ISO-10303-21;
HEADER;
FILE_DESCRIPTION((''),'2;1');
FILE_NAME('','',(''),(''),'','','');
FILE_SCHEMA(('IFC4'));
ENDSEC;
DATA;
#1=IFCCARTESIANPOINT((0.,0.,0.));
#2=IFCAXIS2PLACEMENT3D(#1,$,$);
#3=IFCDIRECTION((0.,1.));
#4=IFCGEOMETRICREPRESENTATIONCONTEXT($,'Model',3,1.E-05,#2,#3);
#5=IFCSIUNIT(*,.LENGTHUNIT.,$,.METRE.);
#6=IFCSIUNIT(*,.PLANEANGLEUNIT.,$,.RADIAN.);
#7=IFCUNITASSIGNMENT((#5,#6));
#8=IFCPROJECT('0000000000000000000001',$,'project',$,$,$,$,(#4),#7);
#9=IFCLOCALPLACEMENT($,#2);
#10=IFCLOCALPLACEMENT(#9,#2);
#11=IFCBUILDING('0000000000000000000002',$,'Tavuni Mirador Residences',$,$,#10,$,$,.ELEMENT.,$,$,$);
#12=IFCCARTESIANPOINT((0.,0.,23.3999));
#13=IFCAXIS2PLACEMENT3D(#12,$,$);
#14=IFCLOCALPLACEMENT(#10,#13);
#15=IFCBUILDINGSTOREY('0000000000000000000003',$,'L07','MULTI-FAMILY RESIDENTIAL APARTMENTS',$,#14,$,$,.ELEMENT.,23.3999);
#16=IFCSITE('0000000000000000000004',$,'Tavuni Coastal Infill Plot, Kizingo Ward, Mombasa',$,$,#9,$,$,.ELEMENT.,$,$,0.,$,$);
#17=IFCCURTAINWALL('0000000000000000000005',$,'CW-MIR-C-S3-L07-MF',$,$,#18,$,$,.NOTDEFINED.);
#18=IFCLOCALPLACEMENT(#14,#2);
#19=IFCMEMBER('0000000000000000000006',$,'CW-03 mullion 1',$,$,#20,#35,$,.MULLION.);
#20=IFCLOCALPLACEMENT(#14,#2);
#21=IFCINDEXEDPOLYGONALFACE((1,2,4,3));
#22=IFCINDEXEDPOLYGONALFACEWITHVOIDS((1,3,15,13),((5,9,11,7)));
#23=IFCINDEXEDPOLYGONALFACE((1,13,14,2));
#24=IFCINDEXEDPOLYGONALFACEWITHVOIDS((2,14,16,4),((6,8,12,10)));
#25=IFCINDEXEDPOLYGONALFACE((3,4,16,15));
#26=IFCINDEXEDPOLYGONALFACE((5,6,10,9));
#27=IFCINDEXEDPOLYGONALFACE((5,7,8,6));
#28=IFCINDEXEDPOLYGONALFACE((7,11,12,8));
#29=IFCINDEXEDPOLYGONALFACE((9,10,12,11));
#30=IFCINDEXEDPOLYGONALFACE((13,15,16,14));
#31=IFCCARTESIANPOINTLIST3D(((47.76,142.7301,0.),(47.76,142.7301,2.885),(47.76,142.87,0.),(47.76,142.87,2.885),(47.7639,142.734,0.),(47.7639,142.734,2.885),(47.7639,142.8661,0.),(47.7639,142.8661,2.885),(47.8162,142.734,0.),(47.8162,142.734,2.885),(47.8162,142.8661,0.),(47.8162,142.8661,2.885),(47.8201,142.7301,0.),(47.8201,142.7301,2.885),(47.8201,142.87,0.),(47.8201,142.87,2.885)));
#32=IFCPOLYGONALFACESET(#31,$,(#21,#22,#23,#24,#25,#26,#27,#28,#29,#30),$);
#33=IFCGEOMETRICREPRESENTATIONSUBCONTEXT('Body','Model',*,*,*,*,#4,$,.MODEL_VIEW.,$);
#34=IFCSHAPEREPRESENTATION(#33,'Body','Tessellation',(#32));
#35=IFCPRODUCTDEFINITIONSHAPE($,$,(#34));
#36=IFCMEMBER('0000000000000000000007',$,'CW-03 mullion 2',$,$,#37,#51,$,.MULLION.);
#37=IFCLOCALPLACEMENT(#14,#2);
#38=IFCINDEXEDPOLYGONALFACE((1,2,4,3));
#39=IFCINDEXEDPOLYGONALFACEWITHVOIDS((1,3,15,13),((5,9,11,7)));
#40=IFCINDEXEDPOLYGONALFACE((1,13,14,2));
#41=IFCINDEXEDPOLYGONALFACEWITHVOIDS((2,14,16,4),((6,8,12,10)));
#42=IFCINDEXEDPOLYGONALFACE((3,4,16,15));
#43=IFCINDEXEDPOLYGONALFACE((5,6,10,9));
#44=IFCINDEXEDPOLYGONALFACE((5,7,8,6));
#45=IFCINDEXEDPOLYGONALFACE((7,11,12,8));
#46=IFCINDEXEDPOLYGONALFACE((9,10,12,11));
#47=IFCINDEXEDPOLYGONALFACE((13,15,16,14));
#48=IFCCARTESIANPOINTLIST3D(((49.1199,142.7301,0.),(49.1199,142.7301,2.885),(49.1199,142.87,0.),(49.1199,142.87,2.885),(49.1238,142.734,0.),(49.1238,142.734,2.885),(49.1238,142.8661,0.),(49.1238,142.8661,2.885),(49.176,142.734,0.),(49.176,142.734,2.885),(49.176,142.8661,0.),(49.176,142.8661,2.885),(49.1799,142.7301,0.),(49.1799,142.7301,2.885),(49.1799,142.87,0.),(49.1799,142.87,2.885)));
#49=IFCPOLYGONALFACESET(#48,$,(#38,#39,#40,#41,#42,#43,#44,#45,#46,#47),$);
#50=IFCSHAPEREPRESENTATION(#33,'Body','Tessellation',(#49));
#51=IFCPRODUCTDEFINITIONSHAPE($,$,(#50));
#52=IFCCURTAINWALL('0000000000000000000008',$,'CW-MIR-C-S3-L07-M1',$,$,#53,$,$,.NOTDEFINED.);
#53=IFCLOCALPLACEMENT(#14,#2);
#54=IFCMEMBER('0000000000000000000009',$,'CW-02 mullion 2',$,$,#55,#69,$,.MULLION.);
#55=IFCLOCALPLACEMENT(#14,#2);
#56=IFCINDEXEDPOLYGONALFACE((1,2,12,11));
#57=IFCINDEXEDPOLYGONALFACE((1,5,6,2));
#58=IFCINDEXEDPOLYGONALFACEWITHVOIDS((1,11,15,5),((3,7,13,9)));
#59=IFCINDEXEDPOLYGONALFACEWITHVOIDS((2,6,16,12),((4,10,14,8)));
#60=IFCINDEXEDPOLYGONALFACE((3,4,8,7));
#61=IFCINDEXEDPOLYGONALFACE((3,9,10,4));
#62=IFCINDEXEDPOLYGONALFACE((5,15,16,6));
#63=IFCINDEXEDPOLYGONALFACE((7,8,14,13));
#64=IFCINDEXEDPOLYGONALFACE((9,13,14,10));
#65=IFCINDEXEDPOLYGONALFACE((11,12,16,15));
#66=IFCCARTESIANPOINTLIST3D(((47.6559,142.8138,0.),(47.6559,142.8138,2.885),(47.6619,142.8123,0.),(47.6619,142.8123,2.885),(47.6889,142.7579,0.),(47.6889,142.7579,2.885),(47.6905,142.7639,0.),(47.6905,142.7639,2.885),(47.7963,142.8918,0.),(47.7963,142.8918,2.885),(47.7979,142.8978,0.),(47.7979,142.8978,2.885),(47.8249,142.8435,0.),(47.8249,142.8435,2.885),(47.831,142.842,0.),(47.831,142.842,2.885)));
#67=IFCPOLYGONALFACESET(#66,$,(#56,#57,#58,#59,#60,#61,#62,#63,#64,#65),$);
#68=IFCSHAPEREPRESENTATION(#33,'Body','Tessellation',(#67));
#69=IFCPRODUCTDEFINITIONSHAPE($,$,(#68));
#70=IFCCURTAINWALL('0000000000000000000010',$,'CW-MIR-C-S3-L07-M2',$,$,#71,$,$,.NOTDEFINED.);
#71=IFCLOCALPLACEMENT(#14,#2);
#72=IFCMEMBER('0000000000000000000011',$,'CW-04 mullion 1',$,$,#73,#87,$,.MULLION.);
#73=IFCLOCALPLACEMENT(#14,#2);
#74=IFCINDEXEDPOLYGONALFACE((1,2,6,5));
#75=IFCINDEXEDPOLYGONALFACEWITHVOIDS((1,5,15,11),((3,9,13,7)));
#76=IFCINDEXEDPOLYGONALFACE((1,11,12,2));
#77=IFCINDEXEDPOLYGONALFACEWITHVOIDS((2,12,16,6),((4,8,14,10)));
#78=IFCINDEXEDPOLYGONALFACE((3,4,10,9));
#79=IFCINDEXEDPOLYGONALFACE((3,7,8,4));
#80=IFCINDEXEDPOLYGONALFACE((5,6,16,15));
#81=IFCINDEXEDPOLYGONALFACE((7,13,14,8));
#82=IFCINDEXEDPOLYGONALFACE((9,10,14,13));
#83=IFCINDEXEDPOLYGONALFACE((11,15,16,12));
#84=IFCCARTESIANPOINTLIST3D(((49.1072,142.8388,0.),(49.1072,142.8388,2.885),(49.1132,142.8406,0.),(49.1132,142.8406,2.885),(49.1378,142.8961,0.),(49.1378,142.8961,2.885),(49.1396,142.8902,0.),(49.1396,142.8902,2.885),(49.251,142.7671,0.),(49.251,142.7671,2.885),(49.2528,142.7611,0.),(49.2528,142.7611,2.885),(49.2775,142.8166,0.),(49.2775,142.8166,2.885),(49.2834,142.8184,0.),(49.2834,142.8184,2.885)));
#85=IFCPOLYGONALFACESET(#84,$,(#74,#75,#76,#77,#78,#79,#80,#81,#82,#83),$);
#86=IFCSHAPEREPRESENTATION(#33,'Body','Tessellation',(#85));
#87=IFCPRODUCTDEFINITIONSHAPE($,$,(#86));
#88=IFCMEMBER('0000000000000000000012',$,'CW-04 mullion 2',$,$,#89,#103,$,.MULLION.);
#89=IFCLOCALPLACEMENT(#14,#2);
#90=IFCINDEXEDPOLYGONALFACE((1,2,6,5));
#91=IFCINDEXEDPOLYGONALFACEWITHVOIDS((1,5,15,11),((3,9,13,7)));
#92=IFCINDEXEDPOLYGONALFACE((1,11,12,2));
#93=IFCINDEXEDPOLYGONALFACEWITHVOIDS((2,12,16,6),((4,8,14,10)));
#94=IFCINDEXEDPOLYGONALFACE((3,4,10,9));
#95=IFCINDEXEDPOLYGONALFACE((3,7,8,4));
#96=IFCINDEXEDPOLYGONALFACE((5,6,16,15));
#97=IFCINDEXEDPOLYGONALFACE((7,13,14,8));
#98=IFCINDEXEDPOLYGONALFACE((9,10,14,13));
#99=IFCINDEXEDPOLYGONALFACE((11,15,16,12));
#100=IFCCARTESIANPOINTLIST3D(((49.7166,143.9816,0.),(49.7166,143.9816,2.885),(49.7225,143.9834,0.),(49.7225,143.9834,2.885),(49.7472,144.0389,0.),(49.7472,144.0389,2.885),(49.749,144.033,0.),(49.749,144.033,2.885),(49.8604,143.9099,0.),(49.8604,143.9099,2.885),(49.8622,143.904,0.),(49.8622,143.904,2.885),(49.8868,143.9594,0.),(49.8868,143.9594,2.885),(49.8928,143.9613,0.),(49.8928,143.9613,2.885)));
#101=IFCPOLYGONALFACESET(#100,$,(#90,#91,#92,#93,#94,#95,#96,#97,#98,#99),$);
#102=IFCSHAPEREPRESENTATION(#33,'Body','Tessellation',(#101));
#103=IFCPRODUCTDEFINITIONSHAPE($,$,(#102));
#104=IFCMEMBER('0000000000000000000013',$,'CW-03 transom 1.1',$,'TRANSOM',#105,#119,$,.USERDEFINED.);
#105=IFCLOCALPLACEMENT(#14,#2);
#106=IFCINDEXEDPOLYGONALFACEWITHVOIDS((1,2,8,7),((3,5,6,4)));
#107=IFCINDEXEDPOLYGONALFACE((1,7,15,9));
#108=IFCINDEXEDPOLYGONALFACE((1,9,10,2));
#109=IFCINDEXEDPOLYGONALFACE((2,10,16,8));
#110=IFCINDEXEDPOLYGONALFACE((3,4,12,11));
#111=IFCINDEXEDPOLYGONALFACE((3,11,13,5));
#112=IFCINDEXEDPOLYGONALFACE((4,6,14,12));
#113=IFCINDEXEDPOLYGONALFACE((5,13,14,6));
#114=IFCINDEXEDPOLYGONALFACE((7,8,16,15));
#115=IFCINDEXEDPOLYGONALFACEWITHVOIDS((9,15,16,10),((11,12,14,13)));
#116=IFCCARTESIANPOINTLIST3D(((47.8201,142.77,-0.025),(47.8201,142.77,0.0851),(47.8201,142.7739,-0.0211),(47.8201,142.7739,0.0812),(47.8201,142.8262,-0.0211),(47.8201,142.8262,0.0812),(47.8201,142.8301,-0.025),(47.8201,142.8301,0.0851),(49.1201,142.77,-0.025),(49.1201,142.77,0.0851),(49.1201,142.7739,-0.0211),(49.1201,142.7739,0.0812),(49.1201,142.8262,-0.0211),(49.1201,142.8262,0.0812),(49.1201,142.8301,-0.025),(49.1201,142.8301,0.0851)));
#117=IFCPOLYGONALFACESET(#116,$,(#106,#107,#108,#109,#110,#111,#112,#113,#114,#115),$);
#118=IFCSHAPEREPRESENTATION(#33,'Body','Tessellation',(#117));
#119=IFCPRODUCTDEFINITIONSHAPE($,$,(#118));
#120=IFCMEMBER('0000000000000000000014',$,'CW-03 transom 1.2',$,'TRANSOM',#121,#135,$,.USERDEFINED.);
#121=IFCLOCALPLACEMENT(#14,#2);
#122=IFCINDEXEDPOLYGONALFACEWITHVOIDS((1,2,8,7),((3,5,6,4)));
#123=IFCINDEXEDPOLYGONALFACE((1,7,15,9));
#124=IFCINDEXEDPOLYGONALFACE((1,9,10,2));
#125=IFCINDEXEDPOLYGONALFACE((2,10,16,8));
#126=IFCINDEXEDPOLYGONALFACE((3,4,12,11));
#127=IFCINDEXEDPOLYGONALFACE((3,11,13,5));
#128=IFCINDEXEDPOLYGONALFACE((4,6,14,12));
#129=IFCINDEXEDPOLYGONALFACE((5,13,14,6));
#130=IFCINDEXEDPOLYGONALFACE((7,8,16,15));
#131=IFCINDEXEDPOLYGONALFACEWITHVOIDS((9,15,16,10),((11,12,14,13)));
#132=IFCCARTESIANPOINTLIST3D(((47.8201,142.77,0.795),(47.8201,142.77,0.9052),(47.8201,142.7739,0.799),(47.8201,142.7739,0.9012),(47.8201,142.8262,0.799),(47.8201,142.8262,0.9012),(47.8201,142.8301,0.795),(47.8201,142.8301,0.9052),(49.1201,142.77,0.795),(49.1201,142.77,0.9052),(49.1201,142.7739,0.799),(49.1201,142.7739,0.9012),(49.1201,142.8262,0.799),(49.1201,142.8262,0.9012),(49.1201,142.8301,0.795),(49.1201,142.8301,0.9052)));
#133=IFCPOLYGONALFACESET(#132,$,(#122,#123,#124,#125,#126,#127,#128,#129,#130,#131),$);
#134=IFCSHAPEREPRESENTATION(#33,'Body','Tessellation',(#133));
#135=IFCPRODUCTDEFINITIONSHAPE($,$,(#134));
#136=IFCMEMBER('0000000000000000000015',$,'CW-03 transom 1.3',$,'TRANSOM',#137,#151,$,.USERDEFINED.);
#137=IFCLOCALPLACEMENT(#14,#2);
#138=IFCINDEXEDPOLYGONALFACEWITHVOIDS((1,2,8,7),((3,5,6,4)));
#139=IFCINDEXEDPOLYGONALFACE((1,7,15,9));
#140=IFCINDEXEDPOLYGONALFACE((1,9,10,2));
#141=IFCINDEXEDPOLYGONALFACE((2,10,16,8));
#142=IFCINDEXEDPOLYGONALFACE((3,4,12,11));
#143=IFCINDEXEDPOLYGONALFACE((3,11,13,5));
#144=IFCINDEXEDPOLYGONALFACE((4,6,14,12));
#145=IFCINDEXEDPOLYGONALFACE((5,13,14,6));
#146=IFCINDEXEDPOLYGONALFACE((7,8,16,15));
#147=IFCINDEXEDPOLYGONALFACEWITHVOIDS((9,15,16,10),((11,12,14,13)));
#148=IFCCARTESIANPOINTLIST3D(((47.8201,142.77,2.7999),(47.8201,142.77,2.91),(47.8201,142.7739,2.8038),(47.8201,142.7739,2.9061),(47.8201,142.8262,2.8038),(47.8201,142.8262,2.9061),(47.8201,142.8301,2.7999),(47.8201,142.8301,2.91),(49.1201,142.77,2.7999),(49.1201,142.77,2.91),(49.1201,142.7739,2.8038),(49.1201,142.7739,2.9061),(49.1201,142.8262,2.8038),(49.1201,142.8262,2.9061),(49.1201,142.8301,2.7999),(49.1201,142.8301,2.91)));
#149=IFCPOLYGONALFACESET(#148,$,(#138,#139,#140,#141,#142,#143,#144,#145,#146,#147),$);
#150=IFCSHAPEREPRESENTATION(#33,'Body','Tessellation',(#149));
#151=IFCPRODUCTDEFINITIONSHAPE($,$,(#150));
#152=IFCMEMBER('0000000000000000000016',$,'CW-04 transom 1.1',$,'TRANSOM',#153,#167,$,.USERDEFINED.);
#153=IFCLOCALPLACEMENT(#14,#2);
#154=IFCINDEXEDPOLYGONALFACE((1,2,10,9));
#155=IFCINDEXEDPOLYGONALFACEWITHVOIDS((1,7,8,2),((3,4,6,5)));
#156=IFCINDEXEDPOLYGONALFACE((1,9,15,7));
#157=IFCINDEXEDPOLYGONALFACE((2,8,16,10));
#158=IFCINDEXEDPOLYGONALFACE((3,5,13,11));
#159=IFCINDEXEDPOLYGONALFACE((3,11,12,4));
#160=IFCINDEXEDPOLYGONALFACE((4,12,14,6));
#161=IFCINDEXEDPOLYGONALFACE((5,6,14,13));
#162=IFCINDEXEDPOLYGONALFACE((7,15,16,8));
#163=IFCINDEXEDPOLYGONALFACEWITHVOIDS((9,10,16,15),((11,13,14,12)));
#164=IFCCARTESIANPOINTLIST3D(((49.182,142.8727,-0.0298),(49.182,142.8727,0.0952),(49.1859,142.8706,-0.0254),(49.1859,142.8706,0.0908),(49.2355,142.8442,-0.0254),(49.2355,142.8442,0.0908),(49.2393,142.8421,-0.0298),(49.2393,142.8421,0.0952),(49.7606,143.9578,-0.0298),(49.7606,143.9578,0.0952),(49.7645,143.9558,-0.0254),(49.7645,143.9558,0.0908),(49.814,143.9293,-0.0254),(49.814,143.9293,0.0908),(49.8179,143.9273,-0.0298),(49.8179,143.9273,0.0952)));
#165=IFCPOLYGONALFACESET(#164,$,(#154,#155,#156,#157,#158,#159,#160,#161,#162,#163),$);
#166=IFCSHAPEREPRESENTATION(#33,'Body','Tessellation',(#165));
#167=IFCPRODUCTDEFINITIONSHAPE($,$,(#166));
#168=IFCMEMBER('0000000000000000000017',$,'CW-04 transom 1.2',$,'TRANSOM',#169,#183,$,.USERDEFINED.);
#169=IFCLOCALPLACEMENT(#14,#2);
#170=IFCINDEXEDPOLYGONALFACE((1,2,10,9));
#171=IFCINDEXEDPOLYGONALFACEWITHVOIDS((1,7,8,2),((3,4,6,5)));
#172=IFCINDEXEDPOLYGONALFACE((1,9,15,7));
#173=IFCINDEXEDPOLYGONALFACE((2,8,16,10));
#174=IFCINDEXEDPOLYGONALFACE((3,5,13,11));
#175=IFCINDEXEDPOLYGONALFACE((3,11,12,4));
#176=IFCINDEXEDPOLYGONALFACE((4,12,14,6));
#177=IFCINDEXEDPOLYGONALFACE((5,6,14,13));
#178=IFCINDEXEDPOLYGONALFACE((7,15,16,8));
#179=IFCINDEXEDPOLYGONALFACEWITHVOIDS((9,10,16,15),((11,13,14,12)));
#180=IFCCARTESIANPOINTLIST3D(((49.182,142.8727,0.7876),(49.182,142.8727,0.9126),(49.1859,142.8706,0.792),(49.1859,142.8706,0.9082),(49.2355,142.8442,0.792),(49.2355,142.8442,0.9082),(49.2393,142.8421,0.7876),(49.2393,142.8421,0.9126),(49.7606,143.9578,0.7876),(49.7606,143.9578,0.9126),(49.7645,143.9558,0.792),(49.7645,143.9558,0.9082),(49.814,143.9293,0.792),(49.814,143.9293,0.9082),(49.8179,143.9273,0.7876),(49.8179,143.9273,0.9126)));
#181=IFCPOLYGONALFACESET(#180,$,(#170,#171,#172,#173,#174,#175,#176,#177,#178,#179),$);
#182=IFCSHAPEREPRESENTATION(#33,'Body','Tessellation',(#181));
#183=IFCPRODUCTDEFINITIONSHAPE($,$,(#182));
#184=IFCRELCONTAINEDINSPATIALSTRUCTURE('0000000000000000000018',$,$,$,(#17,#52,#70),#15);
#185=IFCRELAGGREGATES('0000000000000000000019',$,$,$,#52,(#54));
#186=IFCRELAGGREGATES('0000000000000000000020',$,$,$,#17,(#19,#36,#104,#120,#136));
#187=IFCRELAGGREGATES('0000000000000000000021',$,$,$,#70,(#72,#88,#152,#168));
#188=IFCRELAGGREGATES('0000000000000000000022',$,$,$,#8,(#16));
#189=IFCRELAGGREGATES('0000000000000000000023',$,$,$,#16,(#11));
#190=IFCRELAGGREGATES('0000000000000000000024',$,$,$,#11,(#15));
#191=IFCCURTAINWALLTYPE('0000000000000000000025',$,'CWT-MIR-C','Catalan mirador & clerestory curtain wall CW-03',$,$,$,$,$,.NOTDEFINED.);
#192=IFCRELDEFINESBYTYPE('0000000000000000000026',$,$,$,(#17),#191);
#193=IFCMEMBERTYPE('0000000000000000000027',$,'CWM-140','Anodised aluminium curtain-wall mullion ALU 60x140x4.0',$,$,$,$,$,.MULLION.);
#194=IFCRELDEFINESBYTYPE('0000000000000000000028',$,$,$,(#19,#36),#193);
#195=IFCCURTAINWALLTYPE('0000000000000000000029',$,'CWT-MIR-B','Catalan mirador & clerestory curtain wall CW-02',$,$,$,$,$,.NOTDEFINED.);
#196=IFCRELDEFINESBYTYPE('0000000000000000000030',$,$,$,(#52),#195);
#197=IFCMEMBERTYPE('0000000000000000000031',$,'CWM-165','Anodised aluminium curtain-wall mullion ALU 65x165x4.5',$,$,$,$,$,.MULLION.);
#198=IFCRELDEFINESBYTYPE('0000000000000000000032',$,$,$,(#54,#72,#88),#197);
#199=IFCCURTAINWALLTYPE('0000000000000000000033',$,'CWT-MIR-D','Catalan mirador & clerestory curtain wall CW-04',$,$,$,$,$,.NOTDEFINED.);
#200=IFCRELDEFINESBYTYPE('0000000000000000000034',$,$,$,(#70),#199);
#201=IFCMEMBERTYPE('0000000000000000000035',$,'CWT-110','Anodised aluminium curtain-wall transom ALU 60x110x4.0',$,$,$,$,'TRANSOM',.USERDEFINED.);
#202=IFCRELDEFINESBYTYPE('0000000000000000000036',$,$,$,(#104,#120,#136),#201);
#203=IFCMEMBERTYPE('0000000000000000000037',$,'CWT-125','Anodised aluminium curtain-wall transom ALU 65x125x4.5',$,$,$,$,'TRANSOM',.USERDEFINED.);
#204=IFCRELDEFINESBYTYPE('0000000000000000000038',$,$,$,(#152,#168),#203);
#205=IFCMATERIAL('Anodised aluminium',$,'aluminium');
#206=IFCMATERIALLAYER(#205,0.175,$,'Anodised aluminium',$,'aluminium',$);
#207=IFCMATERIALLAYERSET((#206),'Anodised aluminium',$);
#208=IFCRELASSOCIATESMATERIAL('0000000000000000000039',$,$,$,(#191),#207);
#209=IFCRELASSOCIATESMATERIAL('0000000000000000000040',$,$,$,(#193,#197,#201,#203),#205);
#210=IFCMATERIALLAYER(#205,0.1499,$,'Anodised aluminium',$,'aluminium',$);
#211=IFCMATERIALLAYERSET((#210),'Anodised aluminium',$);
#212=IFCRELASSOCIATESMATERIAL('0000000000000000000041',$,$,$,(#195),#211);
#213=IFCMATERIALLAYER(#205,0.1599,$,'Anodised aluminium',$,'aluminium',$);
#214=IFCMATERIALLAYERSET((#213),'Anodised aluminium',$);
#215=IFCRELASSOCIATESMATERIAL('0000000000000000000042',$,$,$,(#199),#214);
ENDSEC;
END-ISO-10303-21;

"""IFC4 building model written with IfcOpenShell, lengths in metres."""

from ifc_helpers import new_model, si_unit, direction, frame, origin, origin_2d, place, context, subcontext, project, spatial, hollow_rectangle, extrude, material, layer, layer_set, material_profile, profile_set, type_object, element, aggregate, save


model = new_model("IFC4")

# Units and contexts
model_context = context("Model", 3, precision=1e-05, world=origin(), true_north=direction((0.0, 1.0)))
body_context = subcontext(model_context, "Body", "Model", "MODEL_VIEW")
ifc_project = project(units=[si_unit("LENGTHUNIT", "METRE"), si_unit("PLANEANGLEUNIT", "RADIAN")], contexts=[model_context])

# Site, building, storey
site_placement = place(None, origin())
site = spatial("IfcSite", under=ifc_project, at=site_placement, Name="Tavuni Coastal Infill Plot, Kizingo Ward, Mombasa", CompositionType="ELEMENT", RefElevation=0.0)
building_placement = place(site_placement, origin())
building = spatial("IfcBuilding", under=site, at=building_placement, Name="Tavuni Mirador Residences", CompositionType="ELEMENT")
storey_placement = place(building_placement, frame((0.0, 0.0, 23.3999)))
storey = spatial("IfcBuildingStorey", under=building, at=storey_placement, Name="L07", Description="MULTI-FAMILY RESIDENTIAL APARTMENTS", CompositionType="ELEMENT", Elevation=23.3999)

# Curtain wall, members
ifc_material_1 = material(Name="Anodised aluminium", Category="aluminium")
ifc_layer_1 = layer(ifc_material_1, 0.175, Name="Anodised aluminium", Category="aluminium")
ifc_layer_set_1 = layer_set([ifc_layer_1], Name="Anodised aluminium")
curtain_wall_type_1 = type_object("IfcCurtainWallType", Name="CWT-MIR-C", Description="Catalan mirador & clerestory curtain wall CW-03", PredefinedType="NOTDEFINED", material=ifc_layer_set_1)
curtain_wall_1_placement = place(storey_placement, origin())
curtain_wall_1 = element("IfcCurtainWall", 1, at=curtain_wall_1_placement, inside=storey, type_object=curtain_wall_type_1, Name="CW-MIR-C-S3-L07-MF", PredefinedType="NOTDEFINED")
ifc_material_profile_1 = material_profile(ifc_material_1, hollow_rectangle(XDim=0.0601, YDim=0.1399, WallThickness=0.0039, at=origin_2d()), Name="ALU 60x140x4.0", Category="aluminium")
ifc_profile_set_1 = profile_set([ifc_material_profile_1], Name="Anodised aluminium")
member_type_1 = type_object("IfcMemberType", Name="CWM-140", Description="Anodised aluminium curtain-wall mullion ALU 60x140x4.0", PredefinedType="MULLION", material=ifc_profile_set_1)
member_1_placement = place(storey_placement, frame((47.79, 142.8, 0.0), z_axis=(0.0, 0.0, 1.0), x_axis=(1.0, 0.0, 0.0)))
member_1 = element("IfcMember", 2, at=member_1_placement, type_object=member_type_1, Name="CW-03 mullion 1", PredefinedType="MULLION", context=body_context, shape_type="SweptSolid", body=[
    extrude(hollow_rectangle(XDim=0.0601, YDim=0.1399, WallThickness=0.0039, at=origin_2d()), origin(), (0.0, 0.0, 1.0), 2.885),
])
member_2_placement = place(storey_placement, frame((49.1499, 142.8, 0.0), z_axis=(0.0, 0.0, 1.0), x_axis=(1.0, 0.0, 0.0)))
member_2 = element("IfcMember", 3, at=member_2_placement, type_object=member_type_1, Name="CW-03 mullion 2", PredefinedType="MULLION", context=body_context, shape_type="SweptSolid", body=[
    extrude(hollow_rectangle(XDim=0.0601, YDim=0.1399, WallThickness=0.0039, at=origin_2d()), origin(), (0.0, 0.0, 1.0), 2.885),
])

# Curtain wall, member
ifc_layer_2 = layer(ifc_material_1, 0.1499, Name="Anodised aluminium", Category="aluminium")
ifc_layer_set_2 = layer_set([ifc_layer_2], Name="Anodised aluminium")
curtain_wall_type_2 = type_object("IfcCurtainWallType", Name="CWT-MIR-B", Description="Catalan mirador & clerestory curtain wall CW-02", PredefinedType="NOTDEFINED", material=ifc_layer_set_2)
curtain_wall_2_placement = place(storey_placement, origin())
curtain_wall_2 = element("IfcCurtainWall", 4, at=curtain_wall_2_placement, inside=storey, type_object=curtain_wall_type_2, Name="CW-MIR-C-S3-L07-M1", PredefinedType="NOTDEFINED")
ifc_material_profile_2 = material_profile(ifc_material_1, hollow_rectangle(XDim=0.0649, YDim=0.165, WallThickness=0.0044, at=origin_2d()), Name="ALU 65x165x4.5", Category="aluminium")
ifc_profile_set_2 = profile_set([ifc_material_profile_2], Name="Anodised aluminium")
member_type_2 = type_object("IfcMemberType", Name="CWM-165", Description="Anodised aluminium curtain-wall mullion ALU 65x165x4.5", PredefinedType="MULLION", material=ifc_profile_set_2)
member_3_placement = place(storey_placement, frame((47.7434, 142.8279, 0.0), z_axis=(0.0, 0.0, 1.0), x_axis=(0.509212, -0.860641, 0.0)))
member_3 = element("IfcMember", 5, at=member_3_placement, type_object=member_type_2, Name="CW-02 mullion 2", PredefinedType="MULLION", context=body_context, shape_type="SweptSolid", body=[
    extrude(hollow_rectangle(XDim=0.0649, YDim=0.165, WallThickness=0.0044, at=origin_2d()), origin(), (0.0, 0.0, 1.0), 2.885),
])

# Curtain wall, members
ifc_layer_3 = layer(ifc_material_1, 0.1599, Name="Anodised aluminium", Category="aluminium")
ifc_layer_set_3 = layer_set([ifc_layer_3], Name="Anodised aluminium")
curtain_wall_type_3 = type_object("IfcCurtainWallType", Name="CWT-MIR-D", Description="Catalan mirador & clerestory curtain wall CW-04", PredefinedType="NOTDEFINED", material=ifc_layer_set_3)
curtain_wall_3_placement = place(storey_placement, origin())
curtain_wall_3 = element("IfcCurtainWall", 6, at=curtain_wall_3_placement, inside=storey, type_object=curtain_wall_type_3, Name="CW-MIR-C-S3-L07-M2", PredefinedType="NOTDEFINED")
member_4_placement = place(storey_placement, frame((49.1953, 142.8286, 0.0), z_axis=(0.0, 0.0, 1.0), x_axis=(0.470588, 0.882353, 0.0)))
member_4 = element("IfcMember", 7, at=member_4_placement, type_object=member_type_2, Name="CW-04 mullion 1", PredefinedType="MULLION", context=body_context, shape_type="SweptSolid", body=[
    extrude(hollow_rectangle(XDim=0.0649, YDim=0.165, WallThickness=0.0044, at=origin_2d()), origin(), (0.0, 0.0, 1.0), 2.885),
])
member_5_placement = place(storey_placement, frame((49.8047, 143.9714, 0.0), z_axis=(0.0, 0.0, 1.0), x_axis=(0.470588, 0.882353, 0.0)))
member_5 = element("IfcMember", 8, at=member_5_placement, type_object=member_type_2, Name="CW-04 mullion 2", PredefinedType="MULLION", context=body_context, shape_type="SweptSolid", body=[
    extrude(hollow_rectangle(XDim=0.0649, YDim=0.165, WallThickness=0.0044, at=origin_2d()), origin(), (0.0, 0.0, 1.0), 2.885),
])

# Members
ifc_material_profile_3 = material_profile(ifc_material_1, hollow_rectangle(XDim=0.0601, YDim=0.1101, WallThickness=0.0039, at=origin_2d()), Name="ALU 60x110x4.0", Category="aluminium")
ifc_profile_set_3 = profile_set([ifc_material_profile_3], Name="Anodised aluminium")
member_type_3 = type_object("IfcMemberType", Name="CWT-110", Description="Anodised aluminium curtain-wall transom ALU 60x110x4.0", ElementType="TRANSOM", PredefinedType="USERDEFINED", material=ifc_profile_set_3)
member_6_placement = place(storey_placement, frame((47.8201, 142.8, 0.03), z_axis=(1.0, 0.0, 0.0), x_axis=(0.0, 1.0, 0.0)))
member_6 = element("IfcMember", 9, at=member_6_placement, type_object=member_type_3, Name="CW-03 transom 1.1", ObjectType="TRANSOM", PredefinedType="USERDEFINED", context=body_context, shape_type="SweptSolid", body=[
    extrude(hollow_rectangle(XDim=0.0601, YDim=0.1101, WallThickness=0.0039, at=origin_2d()), origin(), (0.0, 0.0, 1.0), 1.3),
])
member_7_placement = place(storey_placement, frame((47.8201, 142.8, 0.8501), z_axis=(1.0, 0.0, 0.0), x_axis=(0.0, 1.0, 0.0)))
member_7 = element("IfcMember", 10, at=member_7_placement, type_object=member_type_3, Name="CW-03 transom 1.2", ObjectType="TRANSOM", PredefinedType="USERDEFINED", context=body_context, shape_type="SweptSolid", body=[
    extrude(hollow_rectangle(XDim=0.0601, YDim=0.1101, WallThickness=0.0039, at=origin_2d()), origin(), (0.0, 0.0, 1.0), 1.3),
])
member_8_placement = place(storey_placement, frame((47.8201, 142.8, 2.855), z_axis=(1.0, 0.0, 0.0), x_axis=(0.0, 1.0, 0.0)))
member_8 = element("IfcMember", 11, at=member_8_placement, type_object=member_type_3, Name="CW-03 transom 1.3", ObjectType="TRANSOM", PredefinedType="USERDEFINED", context=body_context, shape_type="SweptSolid", body=[
    extrude(hollow_rectangle(XDim=0.0601, YDim=0.1101, WallThickness=0.0039, at=origin_2d()), origin(), (0.0, 0.0, 1.0), 1.3),
])
ifc_material_profile_4 = material_profile(ifc_material_1, hollow_rectangle(XDim=0.0649, YDim=0.125, WallThickness=0.0044, at=origin_2d()), Name="ALU 65x125x4.5", Category="aluminium")
ifc_profile_set_4 = profile_set([ifc_material_profile_4], Name="Anodised aluminium")
member_type_4 = type_object("IfcMemberType", Name="CWT-125", Description="Anodised aluminium curtain-wall transom ALU 65x125x4.5", ElementType="TRANSOM", PredefinedType="USERDEFINED", material=ifc_profile_set_4)
member_9_placement = place(storey_placement, frame((49.2107, 142.8574, 0.0327), z_axis=(0.470485, 0.882408, 0.0), x_axis=(-0.882408, 0.470485, 0.0)))
member_9 = element("IfcMember", 12, at=member_9_placement, type_object=member_type_4, Name="CW-04 transom 1.1", ObjectType="TRANSOM", PredefinedType="USERDEFINED", context=body_context, shape_type="SweptSolid", body=[
    extrude(hollow_rectangle(XDim=0.0649, YDim=0.125, WallThickness=0.0044, at=origin_2d()), origin(), (0.0, 0.0, 1.0), 1.2297),
])
member_10_placement = place(storey_placement, frame((49.2107, 142.8574, 0.8501), z_axis=(0.470485, 0.882408, 0.0), x_axis=(-0.882408, 0.470485, 0.0)))
member_10 = element("IfcMember", 13, at=member_10_placement, type_object=member_type_4, Name="CW-04 transom 1.2", ObjectType="TRANSOM", PredefinedType="USERDEFINED", context=body_context, shape_type="SweptSolid", body=[
    extrude(hollow_rectangle(XDim=0.0649, YDim=0.125, WallThickness=0.0044, at=origin_2d()), origin(), (0.0, 0.0, 1.0), 1.2297),
])

aggregate(curtain_wall_2, [member_3])
aggregate(curtain_wall_1, [member_1, member_2, member_6, member_7, member_8])
aggregate(curtain_wall_3, [member_4, member_5, member_9, member_10])

save(model, "model.ifc")
